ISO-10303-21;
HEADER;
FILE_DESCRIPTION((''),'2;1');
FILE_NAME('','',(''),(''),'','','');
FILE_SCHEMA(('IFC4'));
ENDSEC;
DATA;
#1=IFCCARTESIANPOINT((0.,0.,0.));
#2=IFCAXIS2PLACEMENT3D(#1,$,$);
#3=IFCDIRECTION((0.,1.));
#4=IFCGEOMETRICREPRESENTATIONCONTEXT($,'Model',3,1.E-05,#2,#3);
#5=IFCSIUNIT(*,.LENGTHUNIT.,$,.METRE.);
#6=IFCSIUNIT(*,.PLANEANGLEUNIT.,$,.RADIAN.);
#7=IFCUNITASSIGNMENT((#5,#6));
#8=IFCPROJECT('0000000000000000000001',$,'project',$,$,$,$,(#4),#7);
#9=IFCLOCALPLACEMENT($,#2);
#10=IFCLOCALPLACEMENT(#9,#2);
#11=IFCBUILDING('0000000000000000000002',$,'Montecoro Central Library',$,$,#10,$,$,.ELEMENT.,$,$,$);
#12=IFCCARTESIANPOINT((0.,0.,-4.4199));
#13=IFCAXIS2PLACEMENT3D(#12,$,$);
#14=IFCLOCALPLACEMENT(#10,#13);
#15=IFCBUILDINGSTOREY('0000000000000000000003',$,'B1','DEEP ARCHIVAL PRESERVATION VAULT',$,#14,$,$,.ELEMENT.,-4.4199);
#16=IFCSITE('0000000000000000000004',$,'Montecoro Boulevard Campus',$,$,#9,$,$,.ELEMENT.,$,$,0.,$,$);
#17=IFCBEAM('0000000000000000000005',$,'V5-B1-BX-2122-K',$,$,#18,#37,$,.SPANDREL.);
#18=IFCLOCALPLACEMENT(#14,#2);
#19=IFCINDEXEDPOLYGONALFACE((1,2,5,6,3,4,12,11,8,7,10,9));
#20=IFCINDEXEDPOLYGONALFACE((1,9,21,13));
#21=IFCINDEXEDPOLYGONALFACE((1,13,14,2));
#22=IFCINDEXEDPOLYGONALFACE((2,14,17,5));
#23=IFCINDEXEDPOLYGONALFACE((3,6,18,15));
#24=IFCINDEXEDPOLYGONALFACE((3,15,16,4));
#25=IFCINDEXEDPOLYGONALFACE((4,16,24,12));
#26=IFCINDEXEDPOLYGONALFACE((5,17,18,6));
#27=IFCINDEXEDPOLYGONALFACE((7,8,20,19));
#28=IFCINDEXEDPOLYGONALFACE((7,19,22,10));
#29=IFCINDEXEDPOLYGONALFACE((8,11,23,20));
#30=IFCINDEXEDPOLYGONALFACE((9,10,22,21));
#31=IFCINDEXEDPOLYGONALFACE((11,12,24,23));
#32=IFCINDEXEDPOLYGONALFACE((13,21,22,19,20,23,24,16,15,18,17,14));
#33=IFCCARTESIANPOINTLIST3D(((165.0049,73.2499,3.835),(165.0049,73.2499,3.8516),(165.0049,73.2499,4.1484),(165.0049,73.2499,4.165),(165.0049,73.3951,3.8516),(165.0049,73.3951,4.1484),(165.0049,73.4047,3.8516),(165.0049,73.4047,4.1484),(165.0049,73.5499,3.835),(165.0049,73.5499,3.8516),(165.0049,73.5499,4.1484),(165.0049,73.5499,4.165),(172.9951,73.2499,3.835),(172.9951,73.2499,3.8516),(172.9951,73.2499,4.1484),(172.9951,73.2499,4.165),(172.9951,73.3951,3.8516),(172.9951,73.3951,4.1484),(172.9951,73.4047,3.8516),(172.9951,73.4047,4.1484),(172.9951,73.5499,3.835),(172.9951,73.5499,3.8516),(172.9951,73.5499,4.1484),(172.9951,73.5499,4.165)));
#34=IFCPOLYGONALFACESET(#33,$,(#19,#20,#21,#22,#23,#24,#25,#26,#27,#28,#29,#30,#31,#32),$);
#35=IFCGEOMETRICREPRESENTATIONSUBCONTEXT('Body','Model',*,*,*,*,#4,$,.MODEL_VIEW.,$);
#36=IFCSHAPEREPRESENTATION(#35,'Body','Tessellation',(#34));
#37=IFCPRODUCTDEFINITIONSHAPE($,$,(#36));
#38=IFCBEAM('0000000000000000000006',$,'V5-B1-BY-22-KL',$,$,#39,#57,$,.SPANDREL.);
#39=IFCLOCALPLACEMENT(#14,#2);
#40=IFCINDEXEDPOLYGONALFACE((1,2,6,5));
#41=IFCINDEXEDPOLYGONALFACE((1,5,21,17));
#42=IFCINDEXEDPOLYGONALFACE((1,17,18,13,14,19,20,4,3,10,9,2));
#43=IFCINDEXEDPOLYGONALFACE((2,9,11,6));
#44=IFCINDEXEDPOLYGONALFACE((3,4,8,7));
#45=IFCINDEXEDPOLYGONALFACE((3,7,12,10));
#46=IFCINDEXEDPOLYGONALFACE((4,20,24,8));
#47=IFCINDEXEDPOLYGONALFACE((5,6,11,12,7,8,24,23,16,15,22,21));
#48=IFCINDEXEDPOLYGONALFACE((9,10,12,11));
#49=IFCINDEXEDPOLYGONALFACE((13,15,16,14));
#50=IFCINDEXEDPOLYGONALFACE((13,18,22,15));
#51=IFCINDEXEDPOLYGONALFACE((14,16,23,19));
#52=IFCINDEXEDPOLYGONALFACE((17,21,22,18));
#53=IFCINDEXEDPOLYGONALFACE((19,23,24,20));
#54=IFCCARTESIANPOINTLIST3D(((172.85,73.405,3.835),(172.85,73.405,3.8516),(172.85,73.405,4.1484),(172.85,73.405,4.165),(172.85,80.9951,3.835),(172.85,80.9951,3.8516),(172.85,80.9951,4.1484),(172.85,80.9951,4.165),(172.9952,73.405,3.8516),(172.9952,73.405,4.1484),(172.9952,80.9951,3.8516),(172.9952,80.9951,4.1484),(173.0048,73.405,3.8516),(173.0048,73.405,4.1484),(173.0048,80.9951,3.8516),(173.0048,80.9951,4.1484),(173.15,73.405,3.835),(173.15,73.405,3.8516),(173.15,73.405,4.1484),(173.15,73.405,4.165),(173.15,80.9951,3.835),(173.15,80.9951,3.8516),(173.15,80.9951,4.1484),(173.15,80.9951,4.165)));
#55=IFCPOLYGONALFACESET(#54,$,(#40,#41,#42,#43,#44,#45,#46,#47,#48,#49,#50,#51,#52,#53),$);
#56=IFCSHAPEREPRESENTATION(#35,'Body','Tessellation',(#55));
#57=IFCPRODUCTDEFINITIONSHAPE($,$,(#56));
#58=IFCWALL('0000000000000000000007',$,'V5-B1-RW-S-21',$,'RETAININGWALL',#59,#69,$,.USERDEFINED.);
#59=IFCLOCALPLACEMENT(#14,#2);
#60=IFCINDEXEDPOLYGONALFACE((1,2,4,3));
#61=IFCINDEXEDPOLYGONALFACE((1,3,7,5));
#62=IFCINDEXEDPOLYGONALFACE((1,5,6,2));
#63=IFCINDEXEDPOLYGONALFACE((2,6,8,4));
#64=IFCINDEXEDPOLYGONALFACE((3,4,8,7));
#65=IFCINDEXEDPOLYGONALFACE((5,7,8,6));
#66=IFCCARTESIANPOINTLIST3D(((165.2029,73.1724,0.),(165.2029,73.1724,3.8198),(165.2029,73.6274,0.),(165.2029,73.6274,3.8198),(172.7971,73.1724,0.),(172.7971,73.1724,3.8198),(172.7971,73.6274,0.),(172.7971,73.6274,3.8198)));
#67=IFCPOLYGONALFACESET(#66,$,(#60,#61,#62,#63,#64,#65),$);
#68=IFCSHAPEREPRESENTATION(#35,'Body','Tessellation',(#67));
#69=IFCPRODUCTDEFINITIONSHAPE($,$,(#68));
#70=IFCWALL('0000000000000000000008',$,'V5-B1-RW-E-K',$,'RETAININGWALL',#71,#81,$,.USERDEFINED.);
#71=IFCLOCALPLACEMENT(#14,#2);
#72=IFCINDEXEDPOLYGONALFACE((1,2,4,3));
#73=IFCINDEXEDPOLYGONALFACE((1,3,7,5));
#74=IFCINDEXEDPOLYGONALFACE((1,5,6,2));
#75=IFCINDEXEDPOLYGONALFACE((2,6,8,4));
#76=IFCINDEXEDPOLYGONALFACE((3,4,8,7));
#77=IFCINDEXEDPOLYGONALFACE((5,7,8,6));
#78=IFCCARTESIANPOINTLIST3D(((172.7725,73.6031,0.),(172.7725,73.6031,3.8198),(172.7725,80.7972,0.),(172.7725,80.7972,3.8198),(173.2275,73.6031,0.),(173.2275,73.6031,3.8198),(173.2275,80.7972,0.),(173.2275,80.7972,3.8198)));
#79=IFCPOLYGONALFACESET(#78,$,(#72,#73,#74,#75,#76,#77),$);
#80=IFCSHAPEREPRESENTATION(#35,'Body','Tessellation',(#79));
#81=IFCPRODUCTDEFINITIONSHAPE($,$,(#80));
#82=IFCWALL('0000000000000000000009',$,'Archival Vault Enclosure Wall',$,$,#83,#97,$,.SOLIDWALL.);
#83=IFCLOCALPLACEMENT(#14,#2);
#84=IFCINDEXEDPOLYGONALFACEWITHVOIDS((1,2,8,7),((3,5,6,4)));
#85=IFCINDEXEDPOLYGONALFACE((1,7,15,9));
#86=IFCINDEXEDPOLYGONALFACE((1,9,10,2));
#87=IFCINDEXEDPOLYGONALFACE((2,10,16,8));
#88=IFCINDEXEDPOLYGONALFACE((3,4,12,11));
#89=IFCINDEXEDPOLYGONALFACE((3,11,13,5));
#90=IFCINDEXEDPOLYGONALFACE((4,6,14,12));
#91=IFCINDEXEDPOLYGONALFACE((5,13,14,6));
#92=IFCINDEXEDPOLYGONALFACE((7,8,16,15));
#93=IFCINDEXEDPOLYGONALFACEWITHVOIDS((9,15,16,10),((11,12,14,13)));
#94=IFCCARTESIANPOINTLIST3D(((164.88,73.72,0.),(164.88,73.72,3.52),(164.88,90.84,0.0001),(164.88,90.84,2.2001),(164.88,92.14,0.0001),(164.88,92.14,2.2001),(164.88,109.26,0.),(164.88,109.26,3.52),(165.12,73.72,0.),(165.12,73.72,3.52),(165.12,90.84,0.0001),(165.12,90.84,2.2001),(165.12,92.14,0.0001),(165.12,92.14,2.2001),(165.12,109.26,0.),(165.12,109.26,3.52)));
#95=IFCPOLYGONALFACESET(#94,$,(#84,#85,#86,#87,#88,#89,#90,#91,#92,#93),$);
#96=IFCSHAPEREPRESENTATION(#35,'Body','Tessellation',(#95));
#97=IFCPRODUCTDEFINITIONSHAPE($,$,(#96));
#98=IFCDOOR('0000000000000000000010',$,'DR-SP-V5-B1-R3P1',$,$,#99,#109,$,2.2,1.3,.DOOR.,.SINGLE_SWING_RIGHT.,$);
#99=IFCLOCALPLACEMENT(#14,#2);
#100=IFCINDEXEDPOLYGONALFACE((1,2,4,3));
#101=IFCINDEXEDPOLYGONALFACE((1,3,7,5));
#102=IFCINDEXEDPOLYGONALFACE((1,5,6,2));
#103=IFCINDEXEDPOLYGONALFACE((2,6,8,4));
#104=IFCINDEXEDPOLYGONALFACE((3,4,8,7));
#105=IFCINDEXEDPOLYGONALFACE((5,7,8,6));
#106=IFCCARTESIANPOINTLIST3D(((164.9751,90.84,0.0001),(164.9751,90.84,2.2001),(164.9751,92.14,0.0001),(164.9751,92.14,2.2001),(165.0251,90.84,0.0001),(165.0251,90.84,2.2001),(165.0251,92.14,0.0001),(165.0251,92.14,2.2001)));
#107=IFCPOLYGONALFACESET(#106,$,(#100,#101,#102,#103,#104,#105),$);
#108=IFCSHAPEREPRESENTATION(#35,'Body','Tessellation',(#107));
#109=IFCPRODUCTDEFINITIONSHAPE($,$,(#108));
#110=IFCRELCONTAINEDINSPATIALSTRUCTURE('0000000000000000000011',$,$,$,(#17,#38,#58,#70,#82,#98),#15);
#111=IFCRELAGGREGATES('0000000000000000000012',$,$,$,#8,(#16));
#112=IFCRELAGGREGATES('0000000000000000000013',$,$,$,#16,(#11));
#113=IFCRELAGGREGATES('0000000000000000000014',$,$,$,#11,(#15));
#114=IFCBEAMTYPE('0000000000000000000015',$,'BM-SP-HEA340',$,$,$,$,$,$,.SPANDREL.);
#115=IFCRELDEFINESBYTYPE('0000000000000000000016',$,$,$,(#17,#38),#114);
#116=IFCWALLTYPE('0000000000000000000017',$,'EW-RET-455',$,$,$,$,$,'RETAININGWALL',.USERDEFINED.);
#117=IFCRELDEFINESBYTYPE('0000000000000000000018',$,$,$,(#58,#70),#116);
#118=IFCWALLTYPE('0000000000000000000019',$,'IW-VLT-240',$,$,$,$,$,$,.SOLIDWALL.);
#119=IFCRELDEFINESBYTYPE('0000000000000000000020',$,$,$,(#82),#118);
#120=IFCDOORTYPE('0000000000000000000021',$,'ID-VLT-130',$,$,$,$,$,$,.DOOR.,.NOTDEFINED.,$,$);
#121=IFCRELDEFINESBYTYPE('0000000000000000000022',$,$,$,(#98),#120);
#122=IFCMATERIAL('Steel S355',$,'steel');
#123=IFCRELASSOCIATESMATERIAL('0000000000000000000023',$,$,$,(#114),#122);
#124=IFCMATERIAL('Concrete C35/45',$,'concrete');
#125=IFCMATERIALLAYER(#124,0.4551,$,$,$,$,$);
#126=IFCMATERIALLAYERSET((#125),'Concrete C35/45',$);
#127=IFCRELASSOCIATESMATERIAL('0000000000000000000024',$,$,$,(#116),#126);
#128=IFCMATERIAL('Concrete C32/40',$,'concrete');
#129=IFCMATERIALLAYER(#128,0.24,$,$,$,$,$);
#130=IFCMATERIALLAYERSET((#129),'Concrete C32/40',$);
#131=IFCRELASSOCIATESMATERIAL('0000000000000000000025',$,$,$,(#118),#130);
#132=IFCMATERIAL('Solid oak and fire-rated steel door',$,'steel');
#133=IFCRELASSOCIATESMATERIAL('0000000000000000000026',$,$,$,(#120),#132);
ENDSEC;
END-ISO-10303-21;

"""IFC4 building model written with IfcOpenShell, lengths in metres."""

from ifc_helpers import new_model, si_unit, direction, frame, frame_2d, origin, origin_2d, place, context, subcontext, project, spatial, rectangle, i_section, extrude, material, layer, layer_set, material_profile, profile_set, type_object, element, fill, save


model = new_model("IFC4")

# Units and contexts
model_context = context("Model", 3, precision=1e-05, world=origin(), true_north=direction((0.0, 1.0)))
body_context = subcontext(model_context, "Body", "Model", "MODEL_VIEW")
ifc_project = project(units=[si_unit("LENGTHUNIT", "METRE"), si_unit("PLANEANGLEUNIT", "RADIAN")], contexts=[model_context])

# Site, building, storey
site_placement = place(None, origin())
site = spatial("IfcSite", under=ifc_project, at=site_placement, Name="Montecoro Boulevard Campus", CompositionType="ELEMENT", RefElevation=0.0)
building_placement = place(site_placement, origin())
building = spatial("IfcBuilding", under=site, at=building_placement, Name="Montecoro Central Library", CompositionType="ELEMENT")
storey_placement = place(building_placement, frame((0.0, 0.0, -4.4199)))
storey = spatial("IfcBuildingStorey", under=building, at=storey_placement, Name="B1", Description="DEEP ARCHIVAL PRESERVATION VAULT", CompositionType="ELEMENT", Elevation=-4.4199)

# Shared definitions
ifc_material_1 = material(Name="Concrete C35/45", Category="concrete")

# Beams
ifc_material_2 = material(Name="Steel S355", Category="steel")
ifc_material_profile_1 = material_profile(ifc_material_2, i_section(OverallWidth=0.3, OverallDepth=0.3301, WebThickness=0.0095, FlangeThickness=0.0166, at=origin_2d()), Name="HEA 340")
ifc_profile_set_1 = profile_set([ifc_material_profile_1], Name="Steel S355")
beam_type_1 = type_object("IfcBeamType", Name="BM-SP-HEA340", PredefinedType="SPANDREL", material=ifc_profile_set_1)
beam_1_placement = place(storey_placement, frame((165.0049, 73.3999, 4.0), z_axis=(1.0, 0.0, 0.0), x_axis=(0.0, 1.0, 0.0)))
element("IfcBeam", 1, at=beam_1_placement, inside=storey, type_object=beam_type_1, Name="V5-B1-BX-2122-K", PredefinedType="SPANDREL", context=body_context, shape_type="SweptSolid", body=[
    extrude(i_section(OverallWidth=0.3, OverallDepth=0.3301, WebThickness=0.0095, FlangeThickness=0.0166, at=origin_2d()), origin(), (0.0, 0.0, 1.0), 7.9902),
])
beam_2_placement = place(storey_placement, frame((173.0, 73.405, 4.0), z_axis=(0.0, 1.0, 0.0), x_axis=(-1.0, 0.0, 0.0)))
element("IfcBeam", 2, at=beam_2_placement, inside=storey, type_object=beam_type_1, Name="V5-B1-BY-22-KL", PredefinedType="SPANDREL", context=body_context, shape_type="SweptSolid", body=[
    extrude(i_section(OverallWidth=0.3, OverallDepth=0.3301, WebThickness=0.0095, FlangeThickness=0.0166, at=origin_2d()), origin(), (0.0, 0.0, 1.0), 7.5901),
])

# Walls
ifc_layer_1 = layer(ifc_material_1, 0.4551)
ifc_layer_set_1 = layer_set([ifc_layer_1], Name="Concrete C35/45")
wall_type_1 = type_object("IfcWallType", Name="EW-RET-455", ElementType="RETAININGWALL", PredefinedType="USERDEFINED", material=ifc_layer_set_1)
wall_1_placement = place(storey_placement, frame((165.2029, 73.3999, 0.0), z_axis=(0.0, 0.0, 1.0), x_axis=(1.0, 0.0, 0.0)))
element("IfcWall", 3, at=wall_1_placement, inside=storey, type_object=wall_type_1, Name="V5-B1-RW-S-21", ObjectType="RETAININGWALL", PredefinedType="USERDEFINED", context=body_context, shape_type="SweptSolid", body=[
    extrude(rectangle(XDim=7.5942, YDim=0.4551, at=frame_2d((3.7971, 0.0))), origin(), (0.0, 0.0, 1.0), 3.8198),
])
wall_2_placement = place(storey_placement, frame((173.0, 73.603, 0.0), z_axis=(0.0, 0.0, 1.0), x_axis=(0.0, 1.0, 0.0)))
element("IfcWall", 4, at=wall_2_placement, inside=storey, type_object=wall_type_1, Name="V5-B1-RW-E-K", ObjectType="RETAININGWALL", PredefinedType="USERDEFINED", context=body_context, shape_type="SweptSolid", body=[
    extrude(rectangle(XDim=7.1941, YDim=0.4551, at=frame_2d((3.5972, 0.0))), origin(), (0.0, 0.0, 1.0), 3.8198),
])

# Wall, opening, door
ifc_material_3 = material(Name="Concrete C32/40", Category="concrete")
ifc_layer_2 = layer(ifc_material_3, 0.24)
ifc_layer_set_2 = layer_set([ifc_layer_2], Name="Concrete C32/40")
wall_type_2 = type_object("IfcWallType", Name="IW-VLT-240", PredefinedType="SOLIDWALL", material=ifc_layer_set_2)
wall_3_placement = place(storey_placement, frame((165.0, 73.72, 0.0), z_axis=(0.0, 0.0, 1.0), x_axis=(0.0, 1.0, 0.0)))
wall_3 = element("IfcWall", 5, at=wall_3_placement, inside=storey, type_object=wall_type_2, Name="Archival Vault Enclosure Wall", PredefinedType="SOLIDWALL", context=body_context, shape_type="SweptSolid", body=[
    extrude(rectangle(XDim=35.54, YDim=0.24, at=frame_2d((17.77, 0.0))), origin(), (0.0, 0.0, 1.0), 3.52),
])
opening_placement = place(wall_3_placement, frame((17.1201, 0.0, 0.0)))
opening = element("IfcOpeningElement", 6, at=opening_placement, cuts=wall_3, PredefinedType="OPENING", context=body_context, shape_type="SweptSolid", body=[
    extrude(rectangle(XDim=1.3, YDim=2.2, at=frame_2d((0.6499, 1.1001))), frame((0.0, 0.1299, 0.0), z_axis=(0.0, -1.0, 0.0), x_axis=(1.0, 0.0, 0.0)), (0.0, 0.0, 1.0), 0.26),
])
ifc_material_4 = material(Name="Solid oak and fire-rated steel door", Category="steel")
door_type = type_object("IfcDoorType", Name="ID-VLT-130", OperationType="NOTDEFINED", PredefinedType="DOOR", material=ifc_material_4)
door_placement = place(opening_placement, origin())
door = element("IfcDoor", 7, at=door_placement, inside=storey, type_object=door_type, Name="DR-SP-V5-B1-R3P1", OperationType="SINGLE_SWING_RIGHT", OverallHeight=2.2, OverallWidth=1.3, PredefinedType="DOOR", context=body_context, shape_type="SweptSolid", body=[
    extrude(rectangle(XDim=1.3, YDim=2.2, at=frame_2d((0.6499, 1.1001))), frame((0.0, 0.0249, 0.0), z_axis=(0.0, -1.0, 0.0), x_axis=(1.0, 0.0, 0.0)), (0.0, 0.0, 1.0), 0.05),
])
fill(opening, door)

save(model, "model.ifc")
